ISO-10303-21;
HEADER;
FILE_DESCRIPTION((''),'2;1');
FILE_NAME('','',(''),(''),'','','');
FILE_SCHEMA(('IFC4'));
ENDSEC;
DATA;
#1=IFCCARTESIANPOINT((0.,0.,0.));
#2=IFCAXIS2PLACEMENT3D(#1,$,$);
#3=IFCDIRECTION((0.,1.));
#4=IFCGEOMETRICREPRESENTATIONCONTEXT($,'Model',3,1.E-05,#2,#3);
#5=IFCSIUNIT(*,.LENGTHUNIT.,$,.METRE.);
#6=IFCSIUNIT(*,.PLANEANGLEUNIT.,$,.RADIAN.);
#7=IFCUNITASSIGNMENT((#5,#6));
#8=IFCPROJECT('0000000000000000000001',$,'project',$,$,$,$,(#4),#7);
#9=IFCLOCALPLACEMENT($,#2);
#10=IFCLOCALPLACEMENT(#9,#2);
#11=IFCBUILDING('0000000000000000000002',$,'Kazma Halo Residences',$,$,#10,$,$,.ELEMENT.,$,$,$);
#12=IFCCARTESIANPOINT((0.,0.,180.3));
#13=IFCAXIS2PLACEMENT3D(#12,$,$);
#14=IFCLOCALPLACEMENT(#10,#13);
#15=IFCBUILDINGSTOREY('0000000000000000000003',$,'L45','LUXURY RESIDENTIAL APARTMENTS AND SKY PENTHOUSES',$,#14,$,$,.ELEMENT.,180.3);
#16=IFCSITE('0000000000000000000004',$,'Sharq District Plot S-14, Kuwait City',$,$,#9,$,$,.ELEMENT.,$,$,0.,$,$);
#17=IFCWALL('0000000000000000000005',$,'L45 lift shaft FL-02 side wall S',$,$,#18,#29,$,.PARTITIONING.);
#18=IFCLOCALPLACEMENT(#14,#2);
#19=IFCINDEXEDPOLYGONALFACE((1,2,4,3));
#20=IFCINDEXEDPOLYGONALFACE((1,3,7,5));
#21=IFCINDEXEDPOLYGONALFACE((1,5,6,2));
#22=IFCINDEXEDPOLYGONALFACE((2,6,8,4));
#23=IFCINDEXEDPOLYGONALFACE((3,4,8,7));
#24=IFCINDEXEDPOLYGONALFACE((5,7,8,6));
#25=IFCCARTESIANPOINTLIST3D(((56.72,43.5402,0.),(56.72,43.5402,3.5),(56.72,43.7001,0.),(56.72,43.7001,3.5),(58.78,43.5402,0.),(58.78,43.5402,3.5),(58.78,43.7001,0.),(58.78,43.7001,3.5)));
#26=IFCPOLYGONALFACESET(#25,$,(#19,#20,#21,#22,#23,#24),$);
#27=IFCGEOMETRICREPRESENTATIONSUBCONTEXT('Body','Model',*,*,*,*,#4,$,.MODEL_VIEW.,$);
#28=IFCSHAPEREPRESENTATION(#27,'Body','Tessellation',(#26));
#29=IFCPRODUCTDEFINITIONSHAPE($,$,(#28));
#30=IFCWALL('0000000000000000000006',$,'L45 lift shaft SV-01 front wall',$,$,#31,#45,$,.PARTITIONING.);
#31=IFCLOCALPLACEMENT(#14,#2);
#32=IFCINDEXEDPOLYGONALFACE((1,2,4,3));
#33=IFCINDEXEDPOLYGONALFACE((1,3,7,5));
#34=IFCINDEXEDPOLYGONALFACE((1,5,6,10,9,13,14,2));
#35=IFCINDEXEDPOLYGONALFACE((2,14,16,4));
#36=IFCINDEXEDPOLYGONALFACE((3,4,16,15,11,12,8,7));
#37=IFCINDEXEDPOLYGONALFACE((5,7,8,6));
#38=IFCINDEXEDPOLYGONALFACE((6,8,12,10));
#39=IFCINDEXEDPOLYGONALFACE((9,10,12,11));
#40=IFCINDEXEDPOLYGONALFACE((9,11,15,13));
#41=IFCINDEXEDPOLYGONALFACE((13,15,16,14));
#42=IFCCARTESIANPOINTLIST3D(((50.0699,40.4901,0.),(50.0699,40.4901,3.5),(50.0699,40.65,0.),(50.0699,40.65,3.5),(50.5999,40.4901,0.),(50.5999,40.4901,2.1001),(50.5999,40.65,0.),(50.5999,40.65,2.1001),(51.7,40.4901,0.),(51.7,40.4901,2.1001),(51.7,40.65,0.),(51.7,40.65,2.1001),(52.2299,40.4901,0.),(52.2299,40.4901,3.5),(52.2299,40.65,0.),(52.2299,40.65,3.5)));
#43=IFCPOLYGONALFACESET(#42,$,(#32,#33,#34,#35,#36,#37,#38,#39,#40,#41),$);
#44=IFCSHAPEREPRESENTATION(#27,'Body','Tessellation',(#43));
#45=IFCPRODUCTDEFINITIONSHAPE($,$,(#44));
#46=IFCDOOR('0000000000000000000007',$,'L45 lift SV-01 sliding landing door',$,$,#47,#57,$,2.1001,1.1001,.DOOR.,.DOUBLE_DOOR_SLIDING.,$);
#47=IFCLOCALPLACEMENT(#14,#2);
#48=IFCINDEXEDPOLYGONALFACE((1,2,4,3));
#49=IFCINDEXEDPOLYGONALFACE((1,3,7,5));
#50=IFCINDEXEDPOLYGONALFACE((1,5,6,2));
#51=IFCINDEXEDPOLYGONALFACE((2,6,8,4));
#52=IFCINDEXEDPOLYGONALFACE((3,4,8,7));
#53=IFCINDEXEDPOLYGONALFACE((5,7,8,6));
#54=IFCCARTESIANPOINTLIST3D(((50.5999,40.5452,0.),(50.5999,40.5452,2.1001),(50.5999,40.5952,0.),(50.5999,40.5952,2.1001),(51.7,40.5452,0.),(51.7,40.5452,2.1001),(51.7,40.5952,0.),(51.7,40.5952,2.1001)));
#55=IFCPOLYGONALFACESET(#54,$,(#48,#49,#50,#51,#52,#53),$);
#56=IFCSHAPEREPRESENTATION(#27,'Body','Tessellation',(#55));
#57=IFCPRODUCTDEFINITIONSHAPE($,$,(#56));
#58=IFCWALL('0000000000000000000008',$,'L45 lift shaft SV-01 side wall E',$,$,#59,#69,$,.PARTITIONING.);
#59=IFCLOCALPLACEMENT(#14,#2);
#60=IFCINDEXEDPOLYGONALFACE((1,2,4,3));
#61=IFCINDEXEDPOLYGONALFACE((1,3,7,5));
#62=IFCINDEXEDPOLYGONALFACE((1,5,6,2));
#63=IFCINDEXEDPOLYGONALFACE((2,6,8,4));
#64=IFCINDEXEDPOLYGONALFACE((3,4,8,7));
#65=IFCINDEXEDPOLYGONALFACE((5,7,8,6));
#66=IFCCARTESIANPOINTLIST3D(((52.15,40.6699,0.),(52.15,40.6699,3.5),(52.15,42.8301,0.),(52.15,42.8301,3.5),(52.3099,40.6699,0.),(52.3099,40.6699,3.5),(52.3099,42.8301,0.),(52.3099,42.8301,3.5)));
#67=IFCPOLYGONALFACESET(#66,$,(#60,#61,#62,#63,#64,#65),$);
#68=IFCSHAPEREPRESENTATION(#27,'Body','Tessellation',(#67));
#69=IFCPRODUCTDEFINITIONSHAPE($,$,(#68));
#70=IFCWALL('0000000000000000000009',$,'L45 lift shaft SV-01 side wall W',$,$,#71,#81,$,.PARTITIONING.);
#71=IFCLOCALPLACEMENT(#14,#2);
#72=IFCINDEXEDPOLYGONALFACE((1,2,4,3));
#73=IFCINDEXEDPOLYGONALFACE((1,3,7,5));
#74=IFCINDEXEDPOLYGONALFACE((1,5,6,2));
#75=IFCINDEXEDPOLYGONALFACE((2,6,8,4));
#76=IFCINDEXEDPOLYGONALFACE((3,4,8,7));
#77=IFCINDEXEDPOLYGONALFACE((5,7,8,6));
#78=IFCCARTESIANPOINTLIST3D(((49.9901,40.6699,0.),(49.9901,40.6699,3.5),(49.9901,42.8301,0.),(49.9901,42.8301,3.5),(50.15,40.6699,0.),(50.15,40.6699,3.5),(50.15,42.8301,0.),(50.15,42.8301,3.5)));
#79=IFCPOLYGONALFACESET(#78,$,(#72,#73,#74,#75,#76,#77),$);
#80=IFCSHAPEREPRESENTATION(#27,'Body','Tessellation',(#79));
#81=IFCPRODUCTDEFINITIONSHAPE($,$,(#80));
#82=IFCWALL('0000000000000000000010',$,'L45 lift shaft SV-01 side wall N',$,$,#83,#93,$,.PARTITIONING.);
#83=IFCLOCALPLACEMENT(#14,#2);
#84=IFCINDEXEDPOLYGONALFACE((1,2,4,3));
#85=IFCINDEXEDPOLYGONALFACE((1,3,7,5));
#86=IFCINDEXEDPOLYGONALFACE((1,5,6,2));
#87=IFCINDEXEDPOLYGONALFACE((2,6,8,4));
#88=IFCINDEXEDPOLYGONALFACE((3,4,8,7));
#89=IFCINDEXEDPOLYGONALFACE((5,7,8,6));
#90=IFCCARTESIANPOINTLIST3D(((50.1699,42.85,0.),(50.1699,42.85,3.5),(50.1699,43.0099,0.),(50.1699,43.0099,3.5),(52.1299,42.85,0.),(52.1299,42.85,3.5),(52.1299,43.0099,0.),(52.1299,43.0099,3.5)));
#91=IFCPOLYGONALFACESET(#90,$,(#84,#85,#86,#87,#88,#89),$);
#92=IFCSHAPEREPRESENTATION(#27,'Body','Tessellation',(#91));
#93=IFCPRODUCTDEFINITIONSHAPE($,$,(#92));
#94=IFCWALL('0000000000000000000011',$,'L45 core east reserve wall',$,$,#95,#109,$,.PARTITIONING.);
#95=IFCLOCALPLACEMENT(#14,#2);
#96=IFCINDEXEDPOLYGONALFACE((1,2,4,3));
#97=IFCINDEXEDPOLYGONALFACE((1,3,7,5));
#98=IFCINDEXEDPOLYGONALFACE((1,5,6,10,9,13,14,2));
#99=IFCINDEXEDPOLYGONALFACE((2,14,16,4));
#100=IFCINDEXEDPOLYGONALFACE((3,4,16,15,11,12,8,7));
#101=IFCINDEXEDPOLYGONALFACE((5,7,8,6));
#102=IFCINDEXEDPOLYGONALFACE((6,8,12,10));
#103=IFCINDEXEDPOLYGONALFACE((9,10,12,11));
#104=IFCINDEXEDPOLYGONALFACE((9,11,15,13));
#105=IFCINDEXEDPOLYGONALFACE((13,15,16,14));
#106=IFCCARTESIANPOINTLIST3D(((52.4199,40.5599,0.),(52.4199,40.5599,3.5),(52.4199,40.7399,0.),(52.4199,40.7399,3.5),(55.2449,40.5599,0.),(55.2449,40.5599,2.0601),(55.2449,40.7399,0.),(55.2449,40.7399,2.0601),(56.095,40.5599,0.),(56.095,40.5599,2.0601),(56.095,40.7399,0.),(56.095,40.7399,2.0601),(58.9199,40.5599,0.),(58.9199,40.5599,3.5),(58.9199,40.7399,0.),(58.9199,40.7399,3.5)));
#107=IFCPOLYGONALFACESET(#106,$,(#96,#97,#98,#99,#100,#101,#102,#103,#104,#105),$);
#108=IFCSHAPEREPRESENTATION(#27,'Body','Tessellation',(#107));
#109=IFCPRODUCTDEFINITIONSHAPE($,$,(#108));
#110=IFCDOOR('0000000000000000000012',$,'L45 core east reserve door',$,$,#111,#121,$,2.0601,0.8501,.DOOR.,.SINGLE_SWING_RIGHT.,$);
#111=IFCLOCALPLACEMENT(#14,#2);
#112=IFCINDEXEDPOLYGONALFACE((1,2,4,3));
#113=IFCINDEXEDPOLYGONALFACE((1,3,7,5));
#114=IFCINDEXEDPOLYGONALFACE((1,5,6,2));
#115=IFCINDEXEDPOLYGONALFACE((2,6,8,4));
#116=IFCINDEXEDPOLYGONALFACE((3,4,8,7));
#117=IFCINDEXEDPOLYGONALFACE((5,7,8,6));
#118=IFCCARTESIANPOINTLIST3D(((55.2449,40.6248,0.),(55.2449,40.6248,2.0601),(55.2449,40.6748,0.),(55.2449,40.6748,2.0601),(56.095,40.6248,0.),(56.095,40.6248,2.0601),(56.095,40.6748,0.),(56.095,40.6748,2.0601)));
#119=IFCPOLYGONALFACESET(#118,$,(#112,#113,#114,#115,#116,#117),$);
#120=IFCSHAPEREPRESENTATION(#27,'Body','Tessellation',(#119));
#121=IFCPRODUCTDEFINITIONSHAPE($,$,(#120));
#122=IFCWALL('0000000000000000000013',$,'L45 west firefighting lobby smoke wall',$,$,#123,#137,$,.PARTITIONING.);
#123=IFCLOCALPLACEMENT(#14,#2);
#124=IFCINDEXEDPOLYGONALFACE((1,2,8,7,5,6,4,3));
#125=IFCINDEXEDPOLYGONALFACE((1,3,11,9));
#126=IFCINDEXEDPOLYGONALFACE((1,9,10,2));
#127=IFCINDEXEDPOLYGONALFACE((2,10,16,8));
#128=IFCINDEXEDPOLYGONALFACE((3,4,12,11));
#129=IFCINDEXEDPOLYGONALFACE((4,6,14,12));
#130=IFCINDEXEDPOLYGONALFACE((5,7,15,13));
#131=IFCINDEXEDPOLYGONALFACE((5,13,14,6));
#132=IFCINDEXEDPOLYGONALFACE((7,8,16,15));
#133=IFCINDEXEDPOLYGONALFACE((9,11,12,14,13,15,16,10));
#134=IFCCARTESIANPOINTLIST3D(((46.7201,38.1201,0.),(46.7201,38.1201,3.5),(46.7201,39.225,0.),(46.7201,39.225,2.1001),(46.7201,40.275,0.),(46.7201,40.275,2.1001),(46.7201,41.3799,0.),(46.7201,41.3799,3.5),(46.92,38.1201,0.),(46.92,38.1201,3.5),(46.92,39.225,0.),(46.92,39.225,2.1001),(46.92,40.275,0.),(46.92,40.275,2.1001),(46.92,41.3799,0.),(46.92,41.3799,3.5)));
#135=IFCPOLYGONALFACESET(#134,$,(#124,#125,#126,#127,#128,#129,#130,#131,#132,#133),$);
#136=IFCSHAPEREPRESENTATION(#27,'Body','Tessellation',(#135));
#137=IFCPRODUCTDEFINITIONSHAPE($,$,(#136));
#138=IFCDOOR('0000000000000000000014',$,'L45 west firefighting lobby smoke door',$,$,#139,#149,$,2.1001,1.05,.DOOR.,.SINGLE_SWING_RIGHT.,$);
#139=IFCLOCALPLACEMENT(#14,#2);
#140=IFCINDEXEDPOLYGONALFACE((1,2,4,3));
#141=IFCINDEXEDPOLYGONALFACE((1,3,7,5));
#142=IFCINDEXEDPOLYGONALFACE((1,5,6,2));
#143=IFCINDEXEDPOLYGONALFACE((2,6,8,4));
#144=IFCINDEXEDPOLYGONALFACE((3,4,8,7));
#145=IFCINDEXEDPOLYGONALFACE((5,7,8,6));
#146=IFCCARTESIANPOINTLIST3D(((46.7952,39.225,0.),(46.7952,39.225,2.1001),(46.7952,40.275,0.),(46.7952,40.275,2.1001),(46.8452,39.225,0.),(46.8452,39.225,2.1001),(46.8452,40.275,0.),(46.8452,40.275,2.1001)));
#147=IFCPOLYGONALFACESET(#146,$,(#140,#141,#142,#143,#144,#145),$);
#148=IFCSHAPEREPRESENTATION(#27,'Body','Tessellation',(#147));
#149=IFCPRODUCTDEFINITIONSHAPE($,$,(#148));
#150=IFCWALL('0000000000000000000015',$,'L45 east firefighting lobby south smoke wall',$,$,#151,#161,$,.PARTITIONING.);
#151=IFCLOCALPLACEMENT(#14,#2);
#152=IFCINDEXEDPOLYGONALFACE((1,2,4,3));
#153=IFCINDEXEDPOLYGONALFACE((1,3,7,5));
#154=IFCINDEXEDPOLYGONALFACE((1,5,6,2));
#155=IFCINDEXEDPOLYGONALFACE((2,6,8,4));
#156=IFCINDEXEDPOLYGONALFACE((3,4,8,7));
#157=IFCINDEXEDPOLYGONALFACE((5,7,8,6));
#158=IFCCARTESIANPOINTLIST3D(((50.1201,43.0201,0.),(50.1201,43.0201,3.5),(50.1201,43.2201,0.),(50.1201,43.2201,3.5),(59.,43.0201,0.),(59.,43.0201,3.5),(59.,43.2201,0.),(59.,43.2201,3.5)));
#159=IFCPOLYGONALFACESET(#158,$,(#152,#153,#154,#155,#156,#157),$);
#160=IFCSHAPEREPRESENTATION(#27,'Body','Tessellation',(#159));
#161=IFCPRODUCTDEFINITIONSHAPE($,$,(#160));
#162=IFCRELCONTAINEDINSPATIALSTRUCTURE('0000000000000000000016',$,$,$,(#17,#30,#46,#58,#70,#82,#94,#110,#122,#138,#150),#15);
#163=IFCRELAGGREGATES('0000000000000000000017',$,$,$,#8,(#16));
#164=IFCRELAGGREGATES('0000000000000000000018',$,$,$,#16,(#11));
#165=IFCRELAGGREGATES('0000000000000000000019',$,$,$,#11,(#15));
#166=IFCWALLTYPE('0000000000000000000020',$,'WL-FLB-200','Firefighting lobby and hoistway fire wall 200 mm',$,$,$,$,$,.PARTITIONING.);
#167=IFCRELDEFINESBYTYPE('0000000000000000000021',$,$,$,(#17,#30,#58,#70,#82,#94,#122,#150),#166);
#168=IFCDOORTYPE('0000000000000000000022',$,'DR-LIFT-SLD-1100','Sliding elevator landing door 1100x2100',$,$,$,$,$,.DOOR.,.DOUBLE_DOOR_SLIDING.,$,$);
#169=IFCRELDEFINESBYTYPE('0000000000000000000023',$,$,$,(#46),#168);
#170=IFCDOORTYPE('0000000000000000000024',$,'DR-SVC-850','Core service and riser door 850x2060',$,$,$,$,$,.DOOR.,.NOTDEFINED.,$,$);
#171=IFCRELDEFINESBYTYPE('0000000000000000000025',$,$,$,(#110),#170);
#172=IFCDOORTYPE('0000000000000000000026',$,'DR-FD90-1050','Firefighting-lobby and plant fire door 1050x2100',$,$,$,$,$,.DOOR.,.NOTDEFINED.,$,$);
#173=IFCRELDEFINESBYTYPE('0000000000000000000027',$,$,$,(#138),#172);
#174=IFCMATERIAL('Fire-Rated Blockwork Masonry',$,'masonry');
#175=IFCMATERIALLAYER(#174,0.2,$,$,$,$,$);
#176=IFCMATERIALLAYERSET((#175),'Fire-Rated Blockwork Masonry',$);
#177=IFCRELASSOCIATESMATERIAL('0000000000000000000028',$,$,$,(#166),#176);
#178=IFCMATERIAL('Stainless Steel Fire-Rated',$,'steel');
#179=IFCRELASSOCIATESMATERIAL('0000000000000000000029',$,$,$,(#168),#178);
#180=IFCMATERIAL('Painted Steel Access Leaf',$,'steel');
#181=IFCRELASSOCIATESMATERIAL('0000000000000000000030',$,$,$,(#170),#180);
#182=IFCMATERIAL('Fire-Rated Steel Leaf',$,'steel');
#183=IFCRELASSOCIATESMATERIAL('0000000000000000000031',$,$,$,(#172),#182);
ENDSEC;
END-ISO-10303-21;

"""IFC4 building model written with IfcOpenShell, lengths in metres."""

from ifc_helpers import new_model, si_unit, direction, frame, frame_2d, origin, place, context, subcontext, project, spatial, rectangle, extrude, material, layer, layer_set, type_object, element, fill, save


model = new_model("IFC4")

# Units and contexts
model_context = context("Model", 3, precision=1e-05, world=origin(), true_north=direction((0.0, 1.0)))
body_context = subcontext(model_context, "Body", "Model", "MODEL_VIEW")
ifc_project = project(units=[si_unit("LENGTHUNIT", "METRE"), si_unit("PLANEANGLEUNIT", "RADIAN")], contexts=[model_context])

# Site, building, storey
site_placement = place(None, origin())
site = spatial("IfcSite", under=ifc_project, at=site_placement, Name="Sharq District Plot S-14, Kuwait City", CompositionType="ELEMENT", RefElevation=0.0)
building_placement = place(site_placement, origin())
building = spatial("IfcBuilding", under=site, at=building_placement, Name="Kazma Halo Residences", CompositionType="ELEMENT")
storey_placement = place(building_placement, frame((0.0, 0.0, 180.3)))
storey = spatial("IfcBuildingStorey", under=building, at=storey_placement, Name="L45", Description="LUXURY RESIDENTIAL APARTMENTS AND SKY PENTHOUSES", CompositionType="ELEMENT", Elevation=180.3)

# Wall
ifc_material_1 = material(Name="Fire-Rated Blockwork Masonry", Category="masonry")
ifc_layer_1 = layer(ifc_material_1, 0.2)
ifc_layer_set_1 = layer_set([ifc_layer_1], Name="Fire-Rated Blockwork Masonry")
wall_type_1 = type_object("IfcWallType", Name="WL-FLB-200", Description="Firefighting lobby and hoistway fire wall 200 mm", PredefinedType="PARTITIONING", material=ifc_layer_set_1)
wall_1_placement = place(storey_placement, frame((56.72, 43.6201, 0.0), z_axis=(0.0, 0.0, 1.0), x_axis=(1.0, 0.0, 0.0)))
element("IfcWall", 1, at=wall_1_placement, inside=storey, type_object=wall_type_1, Name="L45 lift shaft FL-02 side wall S", PredefinedType="PARTITIONING", context=body_context, shape_type="SweptSolid", body=[
    extrude(rectangle(XDim=2.0601, YDim=0.1599, at=frame_2d((1.03, 0.0))), origin(), (0.0, 0.0, 1.0), 3.5),
])

# Wall, opening, door
wall_2_placement = place(storey_placement, frame((52.23, 40.5701, 0.0), z_axis=(0.0, 0.0, 1.0), x_axis=(-1.0, 0.0, 0.0)))
wall_2 = element("IfcWall", 2, at=wall_2_placement, inside=storey, type_object=wall_type_1, Name="L45 lift shaft SV-01 front wall", PredefinedType="PARTITIONING", context=body_context, shape_type="SweptSolid", body=[
    extrude(rectangle(XDim=2.1599, YDim=0.1599, at=frame_2d((1.0801, 0.0))), origin(), (0.0, 0.0, 1.0), 3.5),
])
opening_1_placement = place(wall_2_placement, frame((0.53, 0.0, 0.0)))
opening_1 = element("IfcOpeningElement", 3, at=opening_1_placement, cuts=wall_2, PredefinedType="OPENING", context=body_context, shape_type="SweptSolid", body=[
    extrude(rectangle(XDim=1.1001, YDim=2.1001, at=frame_2d((0.55, 1.05))), frame((0.0, 0.0898, 0.0), z_axis=(0.0, -1.0, 0.0), x_axis=(1.0, 0.0, 0.0)), (0.0, 0.0, 1.0), 0.1799),
])
ifc_material_2 = material(Name="Stainless Steel Fire-Rated", Category="steel")
door_type_1 = type_object("IfcDoorType", Name="DR-LIFT-SLD-1100", Description="Sliding elevator landing door 1100x2100", OperationType="DOUBLE_DOOR_SLIDING", PredefinedType="DOOR", material=ifc_material_2)
door_1_placement = place(opening_1_placement, origin())
door_1 = element("IfcDoor", 4, at=door_1_placement, inside=storey, type_object=door_type_1, Name="L45 lift SV-01 sliding landing door", OperationType="DOUBLE_DOOR_SLIDING", OverallHeight=2.1001, OverallWidth=1.1001, PredefinedType="DOOR", context=body_context, shape_type="SweptSolid", body=[
    extrude(rectangle(XDim=1.1001, YDim=2.1001, at=frame_2d((0.55, 1.05))), frame((0.0, 0.0249, 0.0), z_axis=(0.0, -1.0, 0.0), x_axis=(1.0, 0.0, 0.0)), (0.0, 0.0, 1.0), 0.05),
])
fill(opening_1, door_1)

# Walls
for number, where, z_axis, x_axis, name in (
    (5, (52.23, 40.6699, 0.0), (0.0, 0.0, 1.0), (0.0, 1.0, 0.0), "L45 lift shaft SV-01 side wall E"),
    (6, (50.0701, 40.6699, 0.0), (0.0, 0.0, 1.0), (0.0, 1.0, 0.0), "L45 lift shaft SV-01 side wall W"),
):
    element("IfcWall", number, at=place(storey_placement, frame(where, z_axis=z_axis, x_axis=x_axis)), inside=storey, type_object=wall_type_1, Name=name, PredefinedType="PARTITIONING", context=body_context, shape_type="SweptSolid", body=[
        extrude(rectangle(XDim=2.1602, YDim=0.1599, at=frame_2d((1.0801, 0.0))), origin(), (0.0, 0.0, 1.0), 3.5),
    ])
wall_3_placement = place(storey_placement, frame((50.1699, 42.9299, 0.0), z_axis=(0.0, 0.0, 1.0), x_axis=(1.0, 0.0, 0.0)))
element("IfcWall", 7, at=wall_3_placement, inside=storey, type_object=wall_type_1, Name="L45 lift shaft SV-01 side wall N", PredefinedType="PARTITIONING", context=body_context, shape_type="SweptSolid", body=[
    extrude(rectangle(XDim=1.96, YDim=0.1599, at=frame_2d((0.98, 0.0))), origin(), (0.0, 0.0, 1.0), 3.5),
])

# Walls, openings, doors
wall_4_placement = place(storey_placement, frame((52.4199, 40.6499, 0.0), z_axis=(0.0, 0.0, 1.0), x_axis=(1.0, 0.0, 0.0)))
wall_4 = element("IfcWall", 8, at=wall_4_placement, inside=storey, type_object=wall_type_1, Name="L45 core east reserve wall", PredefinedType="PARTITIONING", context=body_context, shape_type="SweptSolid", body=[
    extrude(rectangle(XDim=6.5, YDim=0.1799, at=frame_2d((3.25, 0.0))), origin(), (0.0, 0.0, 1.0), 3.5),
])
opening_2_placement = place(wall_4_placement, frame((2.825, 0.0, 0.0)))
opening_2 = element("IfcOpeningElement", 9, at=opening_2_placement, cuts=wall_4, PredefinedType="OPENING", context=body_context, shape_type="SweptSolid", body=[
    extrude(rectangle(XDim=0.8501, YDim=2.0601, at=frame_2d((0.425, 1.03))), frame((0.0, 0.0999, 0.0), z_axis=(0.0, -1.0, 0.0), x_axis=(1.0, 0.0, 0.0)), (0.0, 0.0, 1.0), 0.2),
])
ifc_material_3 = material(Name="Painted Steel Access Leaf", Category="steel")
door_type_2 = type_object("IfcDoorType", Name="DR-SVC-850", Description="Core service and riser door 850x2060", OperationType="NOTDEFINED", PredefinedType="DOOR", material=ifc_material_3)
door_2_placement = place(opening_2_placement, origin())
door_2 = element("IfcDoor", 10, at=door_2_placement, inside=storey, type_object=door_type_2, Name="L45 core east reserve door", OperationType="SINGLE_SWING_RIGHT", OverallHeight=2.0601, OverallWidth=0.8501, PredefinedType="DOOR", context=body_context, shape_type="SweptSolid", body=[
    extrude(rectangle(XDim=0.8501, YDim=2.0601, at=frame_2d((0.425, 1.03))), frame((0.0, 0.0249, 0.0), z_axis=(0.0, -1.0, 0.0), x_axis=(1.0, 0.0, 0.0)), (0.0, 0.0, 1.0), 0.05),
])
fill(opening_2, door_2)
wall_5_placement = place(storey_placement, frame((46.8201, 38.1201, 0.0), z_axis=(0.0, 0.0, 1.0), x_axis=(0.0, 1.0, 0.0)))
wall_5 = element("IfcWall", 11, at=wall_5_placement, inside=storey, type_object=wall_type_1, Name="L45 west firefighting lobby smoke wall", PredefinedType="PARTITIONING", context=body_context, shape_type="SweptSolid", body=[
    extrude(rectangle(XDim=3.2598, YDim=0.2, at=frame_2d((1.6299, 0.0))), origin(), (0.0, 0.0, 1.0), 3.5),
])
opening_3_placement = place(wall_5_placement, frame((1.105, 0.0, 0.0)))
opening_3 = element("IfcOpeningElement", 12, at=opening_3_placement, cuts=wall_5, PredefinedType="OPENING", context=body_context, shape_type="SweptSolid", body=[
    extrude(rectangle(XDim=1.05, YDim=2.1001, at=frame_2d((0.5249, 1.05))), frame((0.0, 0.1099, 0.0), z_axis=(0.0, -1.0, 0.0), x_axis=(1.0, 0.0, 0.0)), (0.0, 0.0, 1.0), 0.22),
])
ifc_material_4 = material(Name="Fire-Rated Steel Leaf", Category="steel")
door_type_3 = type_object("IfcDoorType", Name="DR-FD90-1050", Description="Firefighting-lobby and plant fire door 1050x2100", OperationType="NOTDEFINED", PredefinedType="DOOR", material=ifc_material_4)
door_3_placement = place(opening_3_placement, origin())
door_3 = element("IfcDoor", 13, at=door_3_placement, inside=storey, type_object=door_type_3, Name="L45 west firefighting lobby smoke door", OperationType="SINGLE_SWING_RIGHT", OverallHeight=2.1001, OverallWidth=1.05, PredefinedType="DOOR", context=body_context, shape_type="SweptSolid", body=[
    extrude(rectangle(XDim=1.05, YDim=2.1001, at=frame_2d((0.5249, 1.05))), frame((0.0, 0.0249, 0.0), z_axis=(0.0, -1.0, 0.0), x_axis=(1.0, 0.0, 0.0)), (0.0, 0.0, 1.0), 0.05),
])
fill(opening_3, door_3)

# Wall
wall_6_placement = place(storey_placement, frame((50.1201, 43.1201, 0.0), z_axis=(0.0, 0.0, 1.0), x_axis=(1.0, 0.0, 0.0)))
element("IfcWall", 14, at=wall_6_placement, inside=storey, type_object=wall_type_1, Name="L45 east firefighting lobby south smoke wall", PredefinedType="PARTITIONING", context=body_context, shape_type="SweptSolid", body=[
    extrude(rectangle(XDim=8.8799, YDim=0.2, at=frame_2d((4.4399, 0.0))), origin(), (0.0, 0.0, 1.0), 3.5),
])

save(model, "model.ifc")
